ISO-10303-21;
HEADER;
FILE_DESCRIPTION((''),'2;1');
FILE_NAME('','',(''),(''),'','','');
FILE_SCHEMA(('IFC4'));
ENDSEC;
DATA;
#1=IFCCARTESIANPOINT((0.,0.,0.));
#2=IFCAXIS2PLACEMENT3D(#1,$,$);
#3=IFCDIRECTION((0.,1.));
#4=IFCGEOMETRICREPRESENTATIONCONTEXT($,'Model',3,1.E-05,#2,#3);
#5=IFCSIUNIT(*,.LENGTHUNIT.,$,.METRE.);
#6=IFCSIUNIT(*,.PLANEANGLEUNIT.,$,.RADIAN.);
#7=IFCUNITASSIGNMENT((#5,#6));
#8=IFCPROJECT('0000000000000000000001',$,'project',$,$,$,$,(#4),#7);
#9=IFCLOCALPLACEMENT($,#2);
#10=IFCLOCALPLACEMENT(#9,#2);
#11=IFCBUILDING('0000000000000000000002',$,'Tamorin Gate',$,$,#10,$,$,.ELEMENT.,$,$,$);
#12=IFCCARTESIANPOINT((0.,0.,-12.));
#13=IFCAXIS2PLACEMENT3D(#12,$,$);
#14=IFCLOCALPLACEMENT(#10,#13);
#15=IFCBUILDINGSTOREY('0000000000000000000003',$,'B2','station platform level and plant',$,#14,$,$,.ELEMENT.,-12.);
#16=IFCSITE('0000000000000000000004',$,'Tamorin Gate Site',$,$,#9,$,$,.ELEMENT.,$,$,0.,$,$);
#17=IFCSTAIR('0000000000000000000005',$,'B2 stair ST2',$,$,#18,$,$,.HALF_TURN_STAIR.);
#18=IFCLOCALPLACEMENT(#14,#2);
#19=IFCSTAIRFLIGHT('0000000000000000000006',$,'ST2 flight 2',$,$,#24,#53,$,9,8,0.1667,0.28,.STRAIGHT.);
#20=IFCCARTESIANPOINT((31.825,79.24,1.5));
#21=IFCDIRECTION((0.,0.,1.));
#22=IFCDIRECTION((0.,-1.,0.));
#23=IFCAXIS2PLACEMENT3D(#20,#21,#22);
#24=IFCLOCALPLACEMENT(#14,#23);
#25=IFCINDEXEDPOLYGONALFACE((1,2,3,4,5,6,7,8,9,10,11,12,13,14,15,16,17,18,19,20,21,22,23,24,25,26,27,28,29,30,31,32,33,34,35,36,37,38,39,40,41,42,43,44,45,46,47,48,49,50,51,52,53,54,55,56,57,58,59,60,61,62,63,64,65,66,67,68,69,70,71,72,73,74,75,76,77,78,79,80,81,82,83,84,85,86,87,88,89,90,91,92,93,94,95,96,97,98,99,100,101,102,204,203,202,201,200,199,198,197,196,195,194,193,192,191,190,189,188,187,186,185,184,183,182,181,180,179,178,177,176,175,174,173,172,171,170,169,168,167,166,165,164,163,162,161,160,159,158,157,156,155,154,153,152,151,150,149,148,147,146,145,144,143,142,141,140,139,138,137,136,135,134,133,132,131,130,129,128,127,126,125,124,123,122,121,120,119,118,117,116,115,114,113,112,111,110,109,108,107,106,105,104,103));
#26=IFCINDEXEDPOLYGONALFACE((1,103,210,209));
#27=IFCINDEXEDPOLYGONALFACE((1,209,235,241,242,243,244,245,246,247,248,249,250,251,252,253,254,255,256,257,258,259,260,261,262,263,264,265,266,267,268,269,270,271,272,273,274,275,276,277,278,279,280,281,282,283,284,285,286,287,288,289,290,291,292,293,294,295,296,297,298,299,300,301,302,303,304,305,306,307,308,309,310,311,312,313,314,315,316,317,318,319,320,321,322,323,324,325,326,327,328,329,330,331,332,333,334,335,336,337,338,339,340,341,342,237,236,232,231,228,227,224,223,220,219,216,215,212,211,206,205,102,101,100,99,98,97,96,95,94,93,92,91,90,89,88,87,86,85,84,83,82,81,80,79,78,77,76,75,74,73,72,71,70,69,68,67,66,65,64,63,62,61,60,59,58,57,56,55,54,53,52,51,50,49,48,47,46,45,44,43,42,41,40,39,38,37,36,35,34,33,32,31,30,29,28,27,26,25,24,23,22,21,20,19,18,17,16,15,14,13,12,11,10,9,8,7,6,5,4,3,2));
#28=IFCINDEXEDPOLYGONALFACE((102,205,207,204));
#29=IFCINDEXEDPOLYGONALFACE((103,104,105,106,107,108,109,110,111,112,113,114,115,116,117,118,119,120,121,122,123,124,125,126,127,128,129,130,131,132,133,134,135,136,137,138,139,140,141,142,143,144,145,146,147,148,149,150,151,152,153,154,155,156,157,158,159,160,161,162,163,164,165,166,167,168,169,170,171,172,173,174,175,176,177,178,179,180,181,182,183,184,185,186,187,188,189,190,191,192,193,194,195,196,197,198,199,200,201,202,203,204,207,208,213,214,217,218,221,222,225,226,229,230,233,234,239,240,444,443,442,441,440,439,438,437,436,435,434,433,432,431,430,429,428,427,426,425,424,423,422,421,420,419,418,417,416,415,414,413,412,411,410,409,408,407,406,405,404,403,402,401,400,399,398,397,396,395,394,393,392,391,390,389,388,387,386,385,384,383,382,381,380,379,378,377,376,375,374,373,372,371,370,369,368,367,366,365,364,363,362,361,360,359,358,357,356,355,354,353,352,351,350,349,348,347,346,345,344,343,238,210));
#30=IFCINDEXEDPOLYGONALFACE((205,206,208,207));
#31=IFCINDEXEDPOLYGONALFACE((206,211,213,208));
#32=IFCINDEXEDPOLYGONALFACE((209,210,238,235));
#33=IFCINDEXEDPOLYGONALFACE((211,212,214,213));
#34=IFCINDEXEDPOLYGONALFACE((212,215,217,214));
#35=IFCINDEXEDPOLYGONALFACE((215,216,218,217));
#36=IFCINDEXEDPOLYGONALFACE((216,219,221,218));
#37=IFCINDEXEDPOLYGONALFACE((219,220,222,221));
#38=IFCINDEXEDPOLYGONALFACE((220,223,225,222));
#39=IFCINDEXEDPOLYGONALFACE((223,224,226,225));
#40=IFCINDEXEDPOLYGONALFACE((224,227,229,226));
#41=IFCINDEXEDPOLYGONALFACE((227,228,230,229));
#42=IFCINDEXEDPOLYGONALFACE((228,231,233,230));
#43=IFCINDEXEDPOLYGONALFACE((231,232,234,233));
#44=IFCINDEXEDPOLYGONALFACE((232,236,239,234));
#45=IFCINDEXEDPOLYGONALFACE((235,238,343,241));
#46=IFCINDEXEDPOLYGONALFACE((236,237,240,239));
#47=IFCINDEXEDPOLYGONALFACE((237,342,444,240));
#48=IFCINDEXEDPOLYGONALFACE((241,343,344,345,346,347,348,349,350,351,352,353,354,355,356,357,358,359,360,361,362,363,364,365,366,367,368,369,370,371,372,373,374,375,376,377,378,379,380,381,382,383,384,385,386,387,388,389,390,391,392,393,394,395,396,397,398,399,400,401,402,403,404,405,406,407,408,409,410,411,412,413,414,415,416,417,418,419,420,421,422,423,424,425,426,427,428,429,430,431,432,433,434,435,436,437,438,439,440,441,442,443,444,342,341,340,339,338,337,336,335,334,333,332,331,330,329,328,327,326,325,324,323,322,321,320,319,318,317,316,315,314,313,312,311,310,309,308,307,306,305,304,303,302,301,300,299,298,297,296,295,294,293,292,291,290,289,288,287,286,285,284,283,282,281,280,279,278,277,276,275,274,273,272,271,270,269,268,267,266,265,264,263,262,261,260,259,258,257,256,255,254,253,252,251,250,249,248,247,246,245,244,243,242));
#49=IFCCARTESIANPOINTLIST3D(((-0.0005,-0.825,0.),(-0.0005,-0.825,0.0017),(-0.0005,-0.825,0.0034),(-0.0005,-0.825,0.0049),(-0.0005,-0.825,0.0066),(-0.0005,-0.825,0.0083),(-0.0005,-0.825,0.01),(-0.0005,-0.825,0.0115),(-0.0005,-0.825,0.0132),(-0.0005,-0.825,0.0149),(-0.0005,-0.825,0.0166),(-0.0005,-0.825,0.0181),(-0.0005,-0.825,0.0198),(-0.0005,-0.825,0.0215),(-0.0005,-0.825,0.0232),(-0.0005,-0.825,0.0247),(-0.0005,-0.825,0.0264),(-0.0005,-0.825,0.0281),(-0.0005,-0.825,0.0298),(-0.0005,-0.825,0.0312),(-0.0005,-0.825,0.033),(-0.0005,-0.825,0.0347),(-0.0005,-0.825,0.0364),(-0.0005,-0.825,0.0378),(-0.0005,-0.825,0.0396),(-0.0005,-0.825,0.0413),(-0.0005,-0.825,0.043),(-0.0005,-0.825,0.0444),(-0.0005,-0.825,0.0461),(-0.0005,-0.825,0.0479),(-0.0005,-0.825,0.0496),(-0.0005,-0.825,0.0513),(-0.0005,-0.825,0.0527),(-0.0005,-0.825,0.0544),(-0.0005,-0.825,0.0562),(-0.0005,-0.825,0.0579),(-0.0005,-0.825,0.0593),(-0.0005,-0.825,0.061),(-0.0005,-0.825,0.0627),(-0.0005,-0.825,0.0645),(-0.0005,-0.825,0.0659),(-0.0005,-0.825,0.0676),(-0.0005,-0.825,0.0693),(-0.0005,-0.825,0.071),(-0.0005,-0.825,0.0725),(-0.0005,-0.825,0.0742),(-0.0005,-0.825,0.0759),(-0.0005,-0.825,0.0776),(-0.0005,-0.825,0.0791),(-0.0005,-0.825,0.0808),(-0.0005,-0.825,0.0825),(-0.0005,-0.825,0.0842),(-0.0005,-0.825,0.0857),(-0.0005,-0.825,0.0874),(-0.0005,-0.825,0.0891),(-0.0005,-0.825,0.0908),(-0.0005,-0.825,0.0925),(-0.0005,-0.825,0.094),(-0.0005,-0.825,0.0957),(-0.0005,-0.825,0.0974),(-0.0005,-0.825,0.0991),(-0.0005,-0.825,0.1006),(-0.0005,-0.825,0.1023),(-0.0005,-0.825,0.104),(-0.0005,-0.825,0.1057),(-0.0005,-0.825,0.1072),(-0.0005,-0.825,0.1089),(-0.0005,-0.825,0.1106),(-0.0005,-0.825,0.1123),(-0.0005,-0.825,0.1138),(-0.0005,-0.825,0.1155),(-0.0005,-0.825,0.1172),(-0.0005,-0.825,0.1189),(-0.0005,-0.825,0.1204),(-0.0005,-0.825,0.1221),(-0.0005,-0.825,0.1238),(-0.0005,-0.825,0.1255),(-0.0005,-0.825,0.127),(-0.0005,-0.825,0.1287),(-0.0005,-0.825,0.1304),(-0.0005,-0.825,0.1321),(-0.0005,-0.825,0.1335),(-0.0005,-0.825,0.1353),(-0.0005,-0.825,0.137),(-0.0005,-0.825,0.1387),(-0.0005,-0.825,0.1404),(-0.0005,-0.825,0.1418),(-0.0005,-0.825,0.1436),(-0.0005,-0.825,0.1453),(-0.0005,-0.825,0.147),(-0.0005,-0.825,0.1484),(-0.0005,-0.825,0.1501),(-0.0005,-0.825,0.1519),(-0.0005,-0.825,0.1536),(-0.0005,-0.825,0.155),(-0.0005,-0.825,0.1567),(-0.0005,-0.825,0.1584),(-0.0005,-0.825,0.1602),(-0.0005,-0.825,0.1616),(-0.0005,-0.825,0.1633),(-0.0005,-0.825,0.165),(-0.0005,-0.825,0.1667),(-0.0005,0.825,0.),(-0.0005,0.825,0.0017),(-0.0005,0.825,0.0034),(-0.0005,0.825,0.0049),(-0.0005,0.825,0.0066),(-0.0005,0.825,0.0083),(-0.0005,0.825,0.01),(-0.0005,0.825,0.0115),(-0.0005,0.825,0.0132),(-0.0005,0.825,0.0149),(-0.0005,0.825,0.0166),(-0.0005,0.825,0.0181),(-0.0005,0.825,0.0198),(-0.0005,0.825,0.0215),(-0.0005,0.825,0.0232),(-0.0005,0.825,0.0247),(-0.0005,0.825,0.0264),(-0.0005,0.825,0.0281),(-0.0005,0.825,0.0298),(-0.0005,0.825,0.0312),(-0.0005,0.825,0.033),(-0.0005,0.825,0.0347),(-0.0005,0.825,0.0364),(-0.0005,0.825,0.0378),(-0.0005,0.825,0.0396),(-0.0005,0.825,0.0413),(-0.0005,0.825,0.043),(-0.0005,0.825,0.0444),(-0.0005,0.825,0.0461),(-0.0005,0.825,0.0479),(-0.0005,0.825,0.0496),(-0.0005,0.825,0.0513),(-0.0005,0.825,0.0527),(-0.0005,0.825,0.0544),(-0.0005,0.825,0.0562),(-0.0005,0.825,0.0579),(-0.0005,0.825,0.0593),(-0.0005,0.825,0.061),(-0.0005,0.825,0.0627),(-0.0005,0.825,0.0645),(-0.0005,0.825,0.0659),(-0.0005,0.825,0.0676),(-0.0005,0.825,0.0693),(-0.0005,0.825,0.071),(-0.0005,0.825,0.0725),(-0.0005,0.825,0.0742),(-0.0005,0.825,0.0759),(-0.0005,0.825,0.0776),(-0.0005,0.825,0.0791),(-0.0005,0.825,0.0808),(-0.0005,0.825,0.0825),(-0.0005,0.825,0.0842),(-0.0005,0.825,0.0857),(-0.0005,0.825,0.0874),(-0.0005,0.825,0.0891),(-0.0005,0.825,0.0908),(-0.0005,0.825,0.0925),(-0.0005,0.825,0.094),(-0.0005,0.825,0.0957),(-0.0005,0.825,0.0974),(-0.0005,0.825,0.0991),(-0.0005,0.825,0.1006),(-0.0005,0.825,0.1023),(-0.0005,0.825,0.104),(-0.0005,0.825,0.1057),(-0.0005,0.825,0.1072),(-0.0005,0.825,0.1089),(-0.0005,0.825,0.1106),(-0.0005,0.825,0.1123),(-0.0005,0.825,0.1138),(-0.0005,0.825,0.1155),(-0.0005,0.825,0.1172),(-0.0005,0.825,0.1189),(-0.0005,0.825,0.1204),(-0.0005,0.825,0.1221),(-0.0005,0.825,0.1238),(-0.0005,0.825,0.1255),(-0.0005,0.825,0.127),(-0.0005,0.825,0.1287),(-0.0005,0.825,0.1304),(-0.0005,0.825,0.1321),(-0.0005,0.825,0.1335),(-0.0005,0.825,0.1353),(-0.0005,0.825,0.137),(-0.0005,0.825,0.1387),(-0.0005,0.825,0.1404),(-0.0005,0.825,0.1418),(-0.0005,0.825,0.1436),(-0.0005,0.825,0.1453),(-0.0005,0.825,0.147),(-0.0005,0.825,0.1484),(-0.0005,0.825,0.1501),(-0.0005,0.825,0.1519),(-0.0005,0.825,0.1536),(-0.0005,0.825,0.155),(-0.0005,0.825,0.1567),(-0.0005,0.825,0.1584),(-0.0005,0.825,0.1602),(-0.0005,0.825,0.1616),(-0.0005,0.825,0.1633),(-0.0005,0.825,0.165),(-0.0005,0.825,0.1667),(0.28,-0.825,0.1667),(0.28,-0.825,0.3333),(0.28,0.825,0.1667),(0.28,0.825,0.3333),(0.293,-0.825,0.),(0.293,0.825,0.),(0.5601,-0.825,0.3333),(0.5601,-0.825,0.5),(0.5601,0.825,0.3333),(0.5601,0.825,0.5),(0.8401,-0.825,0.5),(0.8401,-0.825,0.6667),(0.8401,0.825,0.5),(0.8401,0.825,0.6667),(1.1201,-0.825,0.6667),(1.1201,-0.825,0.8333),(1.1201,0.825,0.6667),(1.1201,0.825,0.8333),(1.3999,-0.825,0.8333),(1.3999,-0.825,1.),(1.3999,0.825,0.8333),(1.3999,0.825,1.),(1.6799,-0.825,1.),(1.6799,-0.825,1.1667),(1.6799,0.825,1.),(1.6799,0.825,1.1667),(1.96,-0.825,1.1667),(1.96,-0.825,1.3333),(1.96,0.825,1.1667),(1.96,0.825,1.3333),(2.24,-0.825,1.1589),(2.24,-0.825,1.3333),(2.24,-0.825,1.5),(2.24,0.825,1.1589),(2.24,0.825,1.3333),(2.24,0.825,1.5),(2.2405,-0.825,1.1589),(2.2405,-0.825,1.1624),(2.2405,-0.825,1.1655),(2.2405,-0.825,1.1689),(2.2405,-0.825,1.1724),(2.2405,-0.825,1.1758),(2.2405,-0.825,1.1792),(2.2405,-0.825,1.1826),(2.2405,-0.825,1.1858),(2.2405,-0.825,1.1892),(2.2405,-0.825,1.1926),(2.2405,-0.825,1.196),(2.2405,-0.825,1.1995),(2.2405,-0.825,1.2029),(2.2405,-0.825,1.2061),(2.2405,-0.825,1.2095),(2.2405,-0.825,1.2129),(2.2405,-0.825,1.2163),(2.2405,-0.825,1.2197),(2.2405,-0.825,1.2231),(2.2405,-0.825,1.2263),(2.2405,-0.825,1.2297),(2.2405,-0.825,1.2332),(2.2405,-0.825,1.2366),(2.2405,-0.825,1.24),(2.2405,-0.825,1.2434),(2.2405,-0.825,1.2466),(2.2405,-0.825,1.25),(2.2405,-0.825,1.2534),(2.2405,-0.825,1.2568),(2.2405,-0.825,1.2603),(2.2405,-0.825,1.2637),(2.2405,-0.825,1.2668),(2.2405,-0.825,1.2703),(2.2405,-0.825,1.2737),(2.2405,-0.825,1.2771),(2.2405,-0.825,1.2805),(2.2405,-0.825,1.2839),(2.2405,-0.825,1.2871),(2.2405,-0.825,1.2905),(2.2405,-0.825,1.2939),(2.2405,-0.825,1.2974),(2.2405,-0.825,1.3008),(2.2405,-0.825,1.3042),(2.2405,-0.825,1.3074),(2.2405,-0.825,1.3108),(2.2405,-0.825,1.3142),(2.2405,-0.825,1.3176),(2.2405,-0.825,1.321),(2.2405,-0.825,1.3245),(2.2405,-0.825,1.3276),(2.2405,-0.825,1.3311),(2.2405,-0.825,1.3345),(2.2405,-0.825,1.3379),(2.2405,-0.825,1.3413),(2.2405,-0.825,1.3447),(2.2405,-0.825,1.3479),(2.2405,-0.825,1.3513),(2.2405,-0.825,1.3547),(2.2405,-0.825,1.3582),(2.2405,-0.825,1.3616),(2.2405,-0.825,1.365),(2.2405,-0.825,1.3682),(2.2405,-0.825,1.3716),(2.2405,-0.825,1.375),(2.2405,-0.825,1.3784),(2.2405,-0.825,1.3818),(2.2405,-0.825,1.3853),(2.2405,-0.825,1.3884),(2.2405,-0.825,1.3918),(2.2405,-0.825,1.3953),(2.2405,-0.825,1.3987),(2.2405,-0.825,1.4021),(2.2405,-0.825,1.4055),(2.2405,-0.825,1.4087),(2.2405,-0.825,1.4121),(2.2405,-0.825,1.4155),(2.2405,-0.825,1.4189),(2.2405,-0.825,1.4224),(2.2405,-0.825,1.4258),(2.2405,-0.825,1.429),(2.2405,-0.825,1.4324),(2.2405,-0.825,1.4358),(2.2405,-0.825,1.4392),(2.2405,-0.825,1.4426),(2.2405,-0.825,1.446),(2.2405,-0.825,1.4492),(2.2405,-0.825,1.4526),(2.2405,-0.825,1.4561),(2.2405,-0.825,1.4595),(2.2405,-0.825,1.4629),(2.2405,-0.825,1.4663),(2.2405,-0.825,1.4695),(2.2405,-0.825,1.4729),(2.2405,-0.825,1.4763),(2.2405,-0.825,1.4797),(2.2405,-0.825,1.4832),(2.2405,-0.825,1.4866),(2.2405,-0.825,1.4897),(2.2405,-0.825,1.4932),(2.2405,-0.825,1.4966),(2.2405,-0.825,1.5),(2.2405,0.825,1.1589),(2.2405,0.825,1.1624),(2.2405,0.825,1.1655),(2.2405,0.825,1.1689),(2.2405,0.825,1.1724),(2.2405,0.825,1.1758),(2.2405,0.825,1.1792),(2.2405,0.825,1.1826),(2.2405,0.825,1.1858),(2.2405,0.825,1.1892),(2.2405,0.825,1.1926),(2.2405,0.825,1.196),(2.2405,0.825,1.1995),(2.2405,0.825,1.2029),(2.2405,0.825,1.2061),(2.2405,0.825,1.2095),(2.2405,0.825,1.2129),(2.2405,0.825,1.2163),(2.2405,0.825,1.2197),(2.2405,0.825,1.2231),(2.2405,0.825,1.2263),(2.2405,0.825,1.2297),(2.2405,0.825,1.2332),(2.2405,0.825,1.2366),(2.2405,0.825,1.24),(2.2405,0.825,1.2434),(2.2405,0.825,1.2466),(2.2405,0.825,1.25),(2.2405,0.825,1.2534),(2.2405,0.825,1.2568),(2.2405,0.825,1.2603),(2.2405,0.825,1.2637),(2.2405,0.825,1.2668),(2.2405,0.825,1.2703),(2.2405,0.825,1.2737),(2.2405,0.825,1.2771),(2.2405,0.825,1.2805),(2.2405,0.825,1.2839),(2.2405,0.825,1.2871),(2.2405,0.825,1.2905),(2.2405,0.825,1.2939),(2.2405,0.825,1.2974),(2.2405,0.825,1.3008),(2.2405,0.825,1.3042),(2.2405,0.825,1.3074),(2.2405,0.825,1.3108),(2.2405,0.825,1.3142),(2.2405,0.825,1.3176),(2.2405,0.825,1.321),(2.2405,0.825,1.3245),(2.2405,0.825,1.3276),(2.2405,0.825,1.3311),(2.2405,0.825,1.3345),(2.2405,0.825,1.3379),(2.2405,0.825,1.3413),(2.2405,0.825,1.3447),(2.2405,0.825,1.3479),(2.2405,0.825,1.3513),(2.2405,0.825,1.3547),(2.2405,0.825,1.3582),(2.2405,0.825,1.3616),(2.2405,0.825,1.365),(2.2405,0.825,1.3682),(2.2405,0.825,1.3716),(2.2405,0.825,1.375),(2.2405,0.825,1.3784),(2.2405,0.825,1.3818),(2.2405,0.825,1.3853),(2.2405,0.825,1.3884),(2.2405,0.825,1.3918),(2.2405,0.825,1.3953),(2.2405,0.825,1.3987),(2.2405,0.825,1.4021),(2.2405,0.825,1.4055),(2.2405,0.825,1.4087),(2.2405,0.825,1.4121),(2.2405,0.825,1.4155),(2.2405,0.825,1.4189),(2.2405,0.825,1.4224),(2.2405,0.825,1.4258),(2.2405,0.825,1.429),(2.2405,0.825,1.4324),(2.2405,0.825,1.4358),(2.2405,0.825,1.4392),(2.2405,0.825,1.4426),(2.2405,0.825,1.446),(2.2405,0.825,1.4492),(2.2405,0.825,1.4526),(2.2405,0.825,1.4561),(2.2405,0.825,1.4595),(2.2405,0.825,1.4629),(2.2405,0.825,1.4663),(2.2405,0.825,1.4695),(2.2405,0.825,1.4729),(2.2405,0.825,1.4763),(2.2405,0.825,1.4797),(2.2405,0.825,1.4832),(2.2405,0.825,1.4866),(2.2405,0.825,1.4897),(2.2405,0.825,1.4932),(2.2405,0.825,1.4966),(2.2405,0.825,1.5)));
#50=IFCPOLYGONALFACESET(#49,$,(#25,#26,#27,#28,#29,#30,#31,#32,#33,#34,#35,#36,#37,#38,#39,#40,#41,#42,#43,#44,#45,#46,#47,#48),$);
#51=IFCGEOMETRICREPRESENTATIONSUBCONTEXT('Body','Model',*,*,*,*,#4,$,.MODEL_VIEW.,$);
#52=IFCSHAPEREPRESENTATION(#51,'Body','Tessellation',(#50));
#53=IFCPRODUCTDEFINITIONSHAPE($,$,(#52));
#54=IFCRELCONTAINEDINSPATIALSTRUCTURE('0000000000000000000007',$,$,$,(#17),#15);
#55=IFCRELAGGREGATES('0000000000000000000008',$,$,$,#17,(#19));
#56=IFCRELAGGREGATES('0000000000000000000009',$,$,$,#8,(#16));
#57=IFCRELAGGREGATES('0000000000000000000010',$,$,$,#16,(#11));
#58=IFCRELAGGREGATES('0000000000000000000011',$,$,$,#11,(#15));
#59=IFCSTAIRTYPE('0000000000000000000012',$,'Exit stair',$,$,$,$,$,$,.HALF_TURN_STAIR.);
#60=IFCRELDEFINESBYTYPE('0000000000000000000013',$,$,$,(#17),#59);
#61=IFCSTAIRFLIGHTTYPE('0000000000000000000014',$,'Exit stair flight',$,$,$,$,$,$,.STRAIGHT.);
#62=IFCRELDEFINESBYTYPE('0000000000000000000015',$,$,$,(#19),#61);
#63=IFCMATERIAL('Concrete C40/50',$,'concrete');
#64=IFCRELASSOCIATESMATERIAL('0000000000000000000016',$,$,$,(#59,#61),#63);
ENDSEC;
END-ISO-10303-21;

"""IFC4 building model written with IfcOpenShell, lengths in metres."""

from ifc_helpers import new_model, si_unit, direction, frame, origin, place, context, subcontext, project, spatial, polyline, outline, extrude, material, type_object, element, aggregate, save


model = new_model("IFC4")

# Units and contexts
model_context = context("Model", 3, precision=1e-05, world=origin(), true_north=direction((0.0, 1.0)))
body_context = subcontext(model_context, "Body", "Model", "MODEL_VIEW")
ifc_project = project(units=[si_unit("LENGTHUNIT", "METRE"), si_unit("PLANEANGLEUNIT", "RADIAN")], contexts=[model_context])

# Site, building, storey
site_placement = place(None, origin())
site = spatial("IfcSite", under=ifc_project, at=site_placement, Name="Tamorin Gate Site", CompositionType="ELEMENT", RefElevation=0.0)
building_placement = place(site_placement, origin())
building = spatial("IfcBuilding", under=site, at=building_placement, Name="Tamorin Gate", CompositionType="ELEMENT")
storey_placement = place(building_placement, frame((0.0, 0.0, -12.0)))
storey = spatial("IfcBuildingStorey", under=building, at=storey_placement, Name="B2", Description="station platform level and plant", CompositionType="ELEMENT", Elevation=-12.0)

# Shared definitions
ifc_material_1 = material(Name="Concrete C40/50", Category="concrete")

# Stair, stair flight
stair_type = type_object("IfcStairType", Name="Exit stair", PredefinedType="HALF_TURN_STAIR", material=ifc_material_1)
stair_placement = place(storey_placement, origin())
stair = element("IfcStair", 1, at=stair_placement, inside=storey, type_object=stair_type, Name="B2 stair ST2", PredefinedType="HALF_TURN_STAIR")
stair_flight_type = type_object("IfcStairFlightType", Name="Exit stair flight", PredefinedType="STRAIGHT", material=ifc_material_1)
stair_flight_1_placement = place(storey_placement, frame((31.825, 79.24, 1.5), z_axis=(0.0, 0.0, 1.0), x_axis=(0.0, -1.0, 0.0)))
stair_flight_1 = element("IfcStairFlight", 2, at=stair_flight_1_placement, type_object=stair_flight_type, Name="ST2 flight 2", NumberOfRisers=9, NumberOfTreads=8, PredefinedType="STRAIGHT", RiserHeight=0.1667, TreadLength=0.28, context=body_context, shape_type="SweptSolid", body=[
    extrude(outline(polyline([(-0.0005, 0.0), (-0.0005, 0.0017), (-0.0005, 0.0034), (-0.0005, 0.0049), (-0.0005, 0.0066), (-0.0005, 0.0083), (-0.0005, 0.01), (-0.0005, 0.0115), (-0.0005, 0.0132), (-0.0005, 0.0149), (-0.0005, 0.0166), (-0.0005, 0.0181), (-0.0005, 0.0198), (-0.0005, 0.0215), (-0.0005, 0.0232), (-0.0005, 0.0247), (-0.0005, 0.0264), (-0.0005, 0.0281), (-0.0005, 0.0298), (-0.0005, 0.0312), (-0.0005, 0.033), (-0.0005, 0.0347), (-0.0005, 0.0364), (-0.0005, 0.0378), (-0.0005, 0.0396), (-0.0005, 0.0413), (-0.0005, 0.043), (-0.0005, 0.0444), (-0.0005, 0.0461), (-0.0005, 0.0479), (-0.0005, 0.0496), (-0.0005, 0.0513), (-0.0005, 0.0527), (-0.0005, 0.0544), (-0.0005, 0.0562), (-0.0005, 0.0579), (-0.0005, 0.0593), (-0.0005, 0.061), (-0.0005, 0.0627), (-0.0005, 0.0645), (-0.0005, 0.0659), (-0.0005, 0.0676), (-0.0005, 0.0693), (-0.0005, 0.071), (-0.0005, 0.0725), (-0.0005, 0.0742), (-0.0005, 0.0759), (-0.0005, 0.0776), (-0.0005, 0.0791), (-0.0005, 0.0808), (-0.0005, 0.0825), (-0.0005, 0.0842), (-0.0005, 0.0857), (-0.0005, 0.0874), (-0.0005, 0.0891), (-0.0005, 0.0908), (-0.0005, 0.0925), (-0.0005, 0.094), (-0.0005, 0.0957), (-0.0005, 0.0974), (-0.0005, 0.0991), (-0.0005, 0.1006), (-0.0005, 0.1023), (-0.0005, 0.104), (-0.0005, 0.1057), (-0.0005, 0.1072), (-0.0005, 0.1089), (-0.0005, 0.1106), (-0.0005, 0.1123), (-0.0005, 0.1138), (-0.0005, 0.1155), (-0.0005, 0.1172), (-0.0005, 0.1189), (-0.0005, 0.1204), (-0.0005, 0.1221), (-0.0005, 0.1238), (-0.0005, 0.1255), (-0.0005, 0.127), (-0.0005, 0.1287), (-0.0005, 0.1304), (-0.0005, 0.1321), (-0.0005, 0.1335), (-0.0005, 0.1353), (-0.0005, 0.137), (-0.0005, 0.1387), (-0.0005, 0.1404), (-0.0005, 0.1418), (-0.0005, 0.1436), (-0.0005, 0.1453), (-0.0005, 0.147), (-0.0005, 0.1484), (-0.0005, 0.1501), (-0.0005, 0.1519), (-0.0005, 0.1536), (-0.0005, 0.155), (-0.0005, 0.1567), (-0.0005, 0.1584), (-0.0005, 0.1602), (-0.0005, 0.1616), (-0.0005, 0.1633), (-0.0005, 0.165), (-0.0005, 0.1667), (0.28, 0.1667), (0.28, 0.3333), (0.5601, 0.3333), (0.5601, 0.5), (0.8401, 0.5), (0.8401, 0.6667), (1.1201, 0.6667), (1.1201, 0.8333), (1.3999, 0.8333), (1.3999, 1.0), (1.6799, 1.0), (1.6799, 1.1667), (1.96, 1.1667), (1.96, 1.3333), (2.24, 1.3333), (2.24, 1.5), (2.2405, 1.5), (2.2405, 1.4966), (2.2405, 1.4932), (2.2405, 1.4897), (2.2405, 1.4866), (2.2405, 1.4832), (2.2405, 1.4797), (2.2405, 1.4763), (2.2405, 1.4729), (2.2405, 1.4695), (2.2405, 1.4663), (2.2405, 1.4629), (2.2405, 1.4595), (2.2405, 1.4561), (2.2405, 1.4526), (2.2405, 1.4492), (2.2405, 1.446), (2.2405, 1.4426), (2.2405, 1.4392), (2.2405, 1.4358), (2.2405, 1.4324), (2.2405, 1.429), (2.2405, 1.4258), (2.2405, 1.4224), (2.2405, 1.4189), (2.2405, 1.4155), (2.2405, 1.4121), (2.2405, 1.4087), (2.2405, 1.4055), (2.2405, 1.4021), (2.2405, 1.3987), (2.2405, 1.3953), (2.2405, 1.3918), (2.2405, 1.3884), (2.2405, 1.3853), (2.2405, 1.3818), (2.2405, 1.3784), (2.2405, 1.375), (2.2405, 1.3716), (2.2405, 1.3682), (2.2405, 1.365), (2.2405, 1.3616), (2.2405, 1.3582), (2.2405, 1.3547), (2.2405, 1.3513), (2.2405, 1.3479), (2.2405, 1.3447), (2.2405, 1.3413), (2.2405, 1.3379), (2.2405, 1.3345), (2.2405, 1.3311), (2.2405, 1.3276), (2.2405, 1.3245), (2.2405, 1.321), (2.2405, 1.3176), (2.2405, 1.3142), (2.2405, 1.3108), (2.2405, 1.3074), (2.2405, 1.3042), (2.2405, 1.3008), (2.2405, 1.2974), (2.2405, 1.2939), (2.2405, 1.2905), (2.2405, 1.2871), (2.2405, 1.2839), (2.2405, 1.2805), (2.2405, 1.2771), (2.2405, 1.2737), (2.2405, 1.2703), (2.2405, 1.2668), (2.2405, 1.2637), (2.2405, 1.2603), (2.2405, 1.2568), (2.2405, 1.2534), (2.2405, 1.25), (2.2405, 1.2466), (2.2405, 1.2434), (2.2405, 1.24), (2.2405, 1.2366), (2.2405, 1.2332), (2.2405, 1.2297), (2.2405, 1.2263), (2.2405, 1.2231), (2.2405, 1.2197), (2.2405, 1.2163), (2.2405, 1.2129), (2.2405, 1.2095), (2.2405, 1.2061), (2.2405, 1.2029), (2.2405, 1.1995), (2.2405, 1.196), (2.2405, 1.1926), (2.2405, 1.1892), (2.2405, 1.1858), (2.2405, 1.1826), (2.2405, 1.1792), (2.2405, 1.1758), (2.2405, 1.1724), (2.2405, 1.1689), (2.2405, 1.1655), (2.2405, 1.1624), (2.2405, 1.1589), (2.24, 1.1589), (0.293, 0.0), (-0.0005, 0.0)])), frame((0.0, 0.825, 0.0), z_axis=(0.0, -1.0, 0.0), x_axis=(1.0, 0.0, 0.0)), (0.0, 0.0, 1.0), 1.6499),
])
aggregate(stair, [stair_flight_1])

save(model, "model.ifc")
